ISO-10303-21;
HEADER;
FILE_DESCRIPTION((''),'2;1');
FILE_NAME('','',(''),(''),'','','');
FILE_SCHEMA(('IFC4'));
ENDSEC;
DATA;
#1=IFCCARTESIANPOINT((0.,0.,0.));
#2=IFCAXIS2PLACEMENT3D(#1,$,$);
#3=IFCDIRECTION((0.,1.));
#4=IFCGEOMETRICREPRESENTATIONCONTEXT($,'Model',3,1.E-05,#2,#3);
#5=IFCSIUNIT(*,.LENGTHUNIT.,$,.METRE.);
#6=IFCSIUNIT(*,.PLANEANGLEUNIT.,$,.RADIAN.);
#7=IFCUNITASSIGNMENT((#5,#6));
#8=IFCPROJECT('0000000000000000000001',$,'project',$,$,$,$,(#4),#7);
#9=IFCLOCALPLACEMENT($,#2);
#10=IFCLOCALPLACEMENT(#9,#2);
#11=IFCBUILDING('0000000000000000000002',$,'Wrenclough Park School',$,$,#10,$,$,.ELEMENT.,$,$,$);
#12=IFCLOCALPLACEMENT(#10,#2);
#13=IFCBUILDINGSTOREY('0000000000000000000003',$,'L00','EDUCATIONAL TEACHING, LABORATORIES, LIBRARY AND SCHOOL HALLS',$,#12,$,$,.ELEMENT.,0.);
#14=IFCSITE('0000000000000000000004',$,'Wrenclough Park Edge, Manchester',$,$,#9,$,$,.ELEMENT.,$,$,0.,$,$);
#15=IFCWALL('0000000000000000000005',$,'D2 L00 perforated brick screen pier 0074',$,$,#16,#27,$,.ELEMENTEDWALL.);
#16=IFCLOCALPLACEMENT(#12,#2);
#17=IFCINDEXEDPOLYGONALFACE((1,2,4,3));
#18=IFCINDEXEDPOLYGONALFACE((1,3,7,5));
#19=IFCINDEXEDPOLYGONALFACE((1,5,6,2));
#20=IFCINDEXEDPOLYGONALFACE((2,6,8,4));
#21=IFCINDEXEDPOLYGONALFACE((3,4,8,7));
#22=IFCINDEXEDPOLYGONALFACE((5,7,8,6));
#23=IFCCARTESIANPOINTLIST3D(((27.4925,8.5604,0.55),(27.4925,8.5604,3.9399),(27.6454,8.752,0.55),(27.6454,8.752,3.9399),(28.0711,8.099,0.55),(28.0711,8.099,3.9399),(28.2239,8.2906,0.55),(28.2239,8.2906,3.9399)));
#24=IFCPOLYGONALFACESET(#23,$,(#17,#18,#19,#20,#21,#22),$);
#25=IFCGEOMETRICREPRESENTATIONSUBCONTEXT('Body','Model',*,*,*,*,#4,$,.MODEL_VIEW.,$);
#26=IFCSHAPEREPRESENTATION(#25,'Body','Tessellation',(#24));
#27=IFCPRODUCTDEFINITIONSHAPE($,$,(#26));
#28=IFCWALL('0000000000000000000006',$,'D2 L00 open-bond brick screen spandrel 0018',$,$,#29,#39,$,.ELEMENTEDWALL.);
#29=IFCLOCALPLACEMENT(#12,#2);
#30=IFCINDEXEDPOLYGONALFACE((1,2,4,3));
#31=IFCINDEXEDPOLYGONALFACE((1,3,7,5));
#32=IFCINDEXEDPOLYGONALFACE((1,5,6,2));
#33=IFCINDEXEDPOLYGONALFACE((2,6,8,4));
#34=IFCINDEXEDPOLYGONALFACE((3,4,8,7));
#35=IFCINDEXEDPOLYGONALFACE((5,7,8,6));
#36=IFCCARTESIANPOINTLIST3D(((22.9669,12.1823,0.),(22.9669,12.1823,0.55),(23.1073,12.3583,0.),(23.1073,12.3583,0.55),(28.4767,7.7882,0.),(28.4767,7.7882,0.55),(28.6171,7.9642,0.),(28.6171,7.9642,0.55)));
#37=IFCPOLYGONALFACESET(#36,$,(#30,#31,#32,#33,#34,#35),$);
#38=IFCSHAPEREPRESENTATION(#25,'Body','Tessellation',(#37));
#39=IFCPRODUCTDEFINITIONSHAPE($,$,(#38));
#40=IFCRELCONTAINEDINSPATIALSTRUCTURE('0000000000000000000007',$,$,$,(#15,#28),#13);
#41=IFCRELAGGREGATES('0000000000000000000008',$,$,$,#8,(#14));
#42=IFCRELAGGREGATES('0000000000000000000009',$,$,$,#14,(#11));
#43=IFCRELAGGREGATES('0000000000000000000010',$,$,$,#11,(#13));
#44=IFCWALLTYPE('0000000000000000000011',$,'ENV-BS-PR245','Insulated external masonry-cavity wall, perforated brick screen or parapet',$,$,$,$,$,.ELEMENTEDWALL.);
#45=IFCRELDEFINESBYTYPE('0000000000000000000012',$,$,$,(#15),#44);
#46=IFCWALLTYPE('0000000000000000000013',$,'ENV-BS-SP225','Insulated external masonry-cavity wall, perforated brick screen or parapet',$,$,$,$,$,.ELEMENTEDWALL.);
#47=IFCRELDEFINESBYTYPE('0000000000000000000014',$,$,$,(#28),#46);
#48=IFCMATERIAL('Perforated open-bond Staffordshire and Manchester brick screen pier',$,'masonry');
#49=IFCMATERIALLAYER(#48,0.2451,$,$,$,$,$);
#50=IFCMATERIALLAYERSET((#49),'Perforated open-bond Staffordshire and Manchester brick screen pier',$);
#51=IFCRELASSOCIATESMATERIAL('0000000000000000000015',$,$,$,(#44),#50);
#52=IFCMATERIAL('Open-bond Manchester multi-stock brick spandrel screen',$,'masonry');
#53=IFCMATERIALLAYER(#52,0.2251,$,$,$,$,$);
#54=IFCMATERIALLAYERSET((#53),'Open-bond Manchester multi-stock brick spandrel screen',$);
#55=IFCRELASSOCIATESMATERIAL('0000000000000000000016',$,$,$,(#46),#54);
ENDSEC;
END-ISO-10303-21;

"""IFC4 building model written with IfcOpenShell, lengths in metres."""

from ifc_helpers import new_model, si_unit, direction, frame, frame_2d, origin, place, context, subcontext, project, spatial, rectangle, extrude, material, layer, layer_set, type_object, element, save


model = new_model("IFC4")

# Units and contexts
model_context = context("Model", 3, precision=1e-05, world=origin(), true_north=direction((0.0, 1.0)))
body_context = subcontext(model_context, "Body", "Model", "MODEL_VIEW")
ifc_project = project(units=[si_unit("LENGTHUNIT", "METRE"), si_unit("PLANEANGLEUNIT", "RADIAN")], contexts=[model_context])

# Site, building, storey
site_placement = place(None, origin())
site = spatial("IfcSite", under=ifc_project, at=site_placement, Name="Wrenclough Park Edge, Manchester", CompositionType="ELEMENT", RefElevation=0.0)
building_placement = place(site_placement, origin())
building = spatial("IfcBuilding", under=site, at=building_placement, Name="Wrenclough Park School", CompositionType="ELEMENT")
storey_placement = place(building_placement, origin())
storey = spatial("IfcBuildingStorey", under=building, at=storey_placement, Name="L00", Description="EDUCATIONAL TEACHING, LABORATORIES, LIBRARY AND SCHOOL HALLS", CompositionType="ELEMENT", Elevation=0.0)

# Walls
ifc_material_1 = material(Name="Perforated open-bond Staffordshire and Manchester brick screen pier", Category="masonry")
ifc_layer_1 = layer(ifc_material_1, 0.2451)
ifc_layer_set_1 = layer_set([ifc_layer_1], Name="Perforated open-bond Staffordshire and Manchester brick screen pier")
wall_type_1 = type_object("IfcWallType", Name="ENV-BS-PR245", Description="Insulated external masonry-cavity wall, perforated brick screen or parapet", PredefinedType="ELEMENTEDWALL", material=ifc_layer_set_1)
for number, where, z_axis, x_axis, name in (
    (1, (27.5688, 8.6562, 0.55), (0.0, 0.0, 1.0), (0.781833, -0.623487, 0.0), "D2 L00 perforated brick screen pier 0074"),
):
    element("IfcWall", number, at=place(storey_placement, frame(where, z_axis=z_axis, x_axis=x_axis)), inside=storey, type_object=wall_type_1, Name=name, PredefinedType="ELEMENTEDWALL", context=body_context, shape_type="SweptSolid", body=[
        extrude(rectangle(XDim=0.74, YDim=0.2451, at=frame_2d((0.3701, 0.0))), origin(), (0.0, 0.0, 1.0), 3.3899),
    ])
ifc_material_2 = material(Name="Open-bond Manchester multi-stock brick spandrel screen", Category="masonry")
ifc_layer_2 = layer(ifc_material_2, 0.2251)
ifc_layer_set_2 = layer_set([ifc_layer_2], Name="Open-bond Manchester multi-stock brick spandrel screen")
wall_type_2 = type_object("IfcWallType", Name="ENV-BS-SP225", Description="Insulated external masonry-cavity wall, perforated brick screen or parapet", PredefinedType="ELEMENTEDWALL", material=ifc_layer_set_2)
wall_placement = place(storey_placement, frame((23.0371, 12.2703, 0.0), z_axis=(0.0, 0.0, 1.0), x_axis=(0.781821, -0.623503, 0.0)))
element("IfcWall", 2, at=wall_placement, inside=storey, type_object=wall_type_2, Name="D2 L00 open-bond brick screen spandrel 0018", PredefinedType="ELEMENTEDWALL", context=body_context, shape_type="SweptSolid", body=[
    extrude(rectangle(XDim=7.0474, YDim=0.2251, at=frame_2d((3.5237, 0.0))), origin(), (0.0, 0.0, 1.0), 0.55),
])

save(model, "model.ifc")
